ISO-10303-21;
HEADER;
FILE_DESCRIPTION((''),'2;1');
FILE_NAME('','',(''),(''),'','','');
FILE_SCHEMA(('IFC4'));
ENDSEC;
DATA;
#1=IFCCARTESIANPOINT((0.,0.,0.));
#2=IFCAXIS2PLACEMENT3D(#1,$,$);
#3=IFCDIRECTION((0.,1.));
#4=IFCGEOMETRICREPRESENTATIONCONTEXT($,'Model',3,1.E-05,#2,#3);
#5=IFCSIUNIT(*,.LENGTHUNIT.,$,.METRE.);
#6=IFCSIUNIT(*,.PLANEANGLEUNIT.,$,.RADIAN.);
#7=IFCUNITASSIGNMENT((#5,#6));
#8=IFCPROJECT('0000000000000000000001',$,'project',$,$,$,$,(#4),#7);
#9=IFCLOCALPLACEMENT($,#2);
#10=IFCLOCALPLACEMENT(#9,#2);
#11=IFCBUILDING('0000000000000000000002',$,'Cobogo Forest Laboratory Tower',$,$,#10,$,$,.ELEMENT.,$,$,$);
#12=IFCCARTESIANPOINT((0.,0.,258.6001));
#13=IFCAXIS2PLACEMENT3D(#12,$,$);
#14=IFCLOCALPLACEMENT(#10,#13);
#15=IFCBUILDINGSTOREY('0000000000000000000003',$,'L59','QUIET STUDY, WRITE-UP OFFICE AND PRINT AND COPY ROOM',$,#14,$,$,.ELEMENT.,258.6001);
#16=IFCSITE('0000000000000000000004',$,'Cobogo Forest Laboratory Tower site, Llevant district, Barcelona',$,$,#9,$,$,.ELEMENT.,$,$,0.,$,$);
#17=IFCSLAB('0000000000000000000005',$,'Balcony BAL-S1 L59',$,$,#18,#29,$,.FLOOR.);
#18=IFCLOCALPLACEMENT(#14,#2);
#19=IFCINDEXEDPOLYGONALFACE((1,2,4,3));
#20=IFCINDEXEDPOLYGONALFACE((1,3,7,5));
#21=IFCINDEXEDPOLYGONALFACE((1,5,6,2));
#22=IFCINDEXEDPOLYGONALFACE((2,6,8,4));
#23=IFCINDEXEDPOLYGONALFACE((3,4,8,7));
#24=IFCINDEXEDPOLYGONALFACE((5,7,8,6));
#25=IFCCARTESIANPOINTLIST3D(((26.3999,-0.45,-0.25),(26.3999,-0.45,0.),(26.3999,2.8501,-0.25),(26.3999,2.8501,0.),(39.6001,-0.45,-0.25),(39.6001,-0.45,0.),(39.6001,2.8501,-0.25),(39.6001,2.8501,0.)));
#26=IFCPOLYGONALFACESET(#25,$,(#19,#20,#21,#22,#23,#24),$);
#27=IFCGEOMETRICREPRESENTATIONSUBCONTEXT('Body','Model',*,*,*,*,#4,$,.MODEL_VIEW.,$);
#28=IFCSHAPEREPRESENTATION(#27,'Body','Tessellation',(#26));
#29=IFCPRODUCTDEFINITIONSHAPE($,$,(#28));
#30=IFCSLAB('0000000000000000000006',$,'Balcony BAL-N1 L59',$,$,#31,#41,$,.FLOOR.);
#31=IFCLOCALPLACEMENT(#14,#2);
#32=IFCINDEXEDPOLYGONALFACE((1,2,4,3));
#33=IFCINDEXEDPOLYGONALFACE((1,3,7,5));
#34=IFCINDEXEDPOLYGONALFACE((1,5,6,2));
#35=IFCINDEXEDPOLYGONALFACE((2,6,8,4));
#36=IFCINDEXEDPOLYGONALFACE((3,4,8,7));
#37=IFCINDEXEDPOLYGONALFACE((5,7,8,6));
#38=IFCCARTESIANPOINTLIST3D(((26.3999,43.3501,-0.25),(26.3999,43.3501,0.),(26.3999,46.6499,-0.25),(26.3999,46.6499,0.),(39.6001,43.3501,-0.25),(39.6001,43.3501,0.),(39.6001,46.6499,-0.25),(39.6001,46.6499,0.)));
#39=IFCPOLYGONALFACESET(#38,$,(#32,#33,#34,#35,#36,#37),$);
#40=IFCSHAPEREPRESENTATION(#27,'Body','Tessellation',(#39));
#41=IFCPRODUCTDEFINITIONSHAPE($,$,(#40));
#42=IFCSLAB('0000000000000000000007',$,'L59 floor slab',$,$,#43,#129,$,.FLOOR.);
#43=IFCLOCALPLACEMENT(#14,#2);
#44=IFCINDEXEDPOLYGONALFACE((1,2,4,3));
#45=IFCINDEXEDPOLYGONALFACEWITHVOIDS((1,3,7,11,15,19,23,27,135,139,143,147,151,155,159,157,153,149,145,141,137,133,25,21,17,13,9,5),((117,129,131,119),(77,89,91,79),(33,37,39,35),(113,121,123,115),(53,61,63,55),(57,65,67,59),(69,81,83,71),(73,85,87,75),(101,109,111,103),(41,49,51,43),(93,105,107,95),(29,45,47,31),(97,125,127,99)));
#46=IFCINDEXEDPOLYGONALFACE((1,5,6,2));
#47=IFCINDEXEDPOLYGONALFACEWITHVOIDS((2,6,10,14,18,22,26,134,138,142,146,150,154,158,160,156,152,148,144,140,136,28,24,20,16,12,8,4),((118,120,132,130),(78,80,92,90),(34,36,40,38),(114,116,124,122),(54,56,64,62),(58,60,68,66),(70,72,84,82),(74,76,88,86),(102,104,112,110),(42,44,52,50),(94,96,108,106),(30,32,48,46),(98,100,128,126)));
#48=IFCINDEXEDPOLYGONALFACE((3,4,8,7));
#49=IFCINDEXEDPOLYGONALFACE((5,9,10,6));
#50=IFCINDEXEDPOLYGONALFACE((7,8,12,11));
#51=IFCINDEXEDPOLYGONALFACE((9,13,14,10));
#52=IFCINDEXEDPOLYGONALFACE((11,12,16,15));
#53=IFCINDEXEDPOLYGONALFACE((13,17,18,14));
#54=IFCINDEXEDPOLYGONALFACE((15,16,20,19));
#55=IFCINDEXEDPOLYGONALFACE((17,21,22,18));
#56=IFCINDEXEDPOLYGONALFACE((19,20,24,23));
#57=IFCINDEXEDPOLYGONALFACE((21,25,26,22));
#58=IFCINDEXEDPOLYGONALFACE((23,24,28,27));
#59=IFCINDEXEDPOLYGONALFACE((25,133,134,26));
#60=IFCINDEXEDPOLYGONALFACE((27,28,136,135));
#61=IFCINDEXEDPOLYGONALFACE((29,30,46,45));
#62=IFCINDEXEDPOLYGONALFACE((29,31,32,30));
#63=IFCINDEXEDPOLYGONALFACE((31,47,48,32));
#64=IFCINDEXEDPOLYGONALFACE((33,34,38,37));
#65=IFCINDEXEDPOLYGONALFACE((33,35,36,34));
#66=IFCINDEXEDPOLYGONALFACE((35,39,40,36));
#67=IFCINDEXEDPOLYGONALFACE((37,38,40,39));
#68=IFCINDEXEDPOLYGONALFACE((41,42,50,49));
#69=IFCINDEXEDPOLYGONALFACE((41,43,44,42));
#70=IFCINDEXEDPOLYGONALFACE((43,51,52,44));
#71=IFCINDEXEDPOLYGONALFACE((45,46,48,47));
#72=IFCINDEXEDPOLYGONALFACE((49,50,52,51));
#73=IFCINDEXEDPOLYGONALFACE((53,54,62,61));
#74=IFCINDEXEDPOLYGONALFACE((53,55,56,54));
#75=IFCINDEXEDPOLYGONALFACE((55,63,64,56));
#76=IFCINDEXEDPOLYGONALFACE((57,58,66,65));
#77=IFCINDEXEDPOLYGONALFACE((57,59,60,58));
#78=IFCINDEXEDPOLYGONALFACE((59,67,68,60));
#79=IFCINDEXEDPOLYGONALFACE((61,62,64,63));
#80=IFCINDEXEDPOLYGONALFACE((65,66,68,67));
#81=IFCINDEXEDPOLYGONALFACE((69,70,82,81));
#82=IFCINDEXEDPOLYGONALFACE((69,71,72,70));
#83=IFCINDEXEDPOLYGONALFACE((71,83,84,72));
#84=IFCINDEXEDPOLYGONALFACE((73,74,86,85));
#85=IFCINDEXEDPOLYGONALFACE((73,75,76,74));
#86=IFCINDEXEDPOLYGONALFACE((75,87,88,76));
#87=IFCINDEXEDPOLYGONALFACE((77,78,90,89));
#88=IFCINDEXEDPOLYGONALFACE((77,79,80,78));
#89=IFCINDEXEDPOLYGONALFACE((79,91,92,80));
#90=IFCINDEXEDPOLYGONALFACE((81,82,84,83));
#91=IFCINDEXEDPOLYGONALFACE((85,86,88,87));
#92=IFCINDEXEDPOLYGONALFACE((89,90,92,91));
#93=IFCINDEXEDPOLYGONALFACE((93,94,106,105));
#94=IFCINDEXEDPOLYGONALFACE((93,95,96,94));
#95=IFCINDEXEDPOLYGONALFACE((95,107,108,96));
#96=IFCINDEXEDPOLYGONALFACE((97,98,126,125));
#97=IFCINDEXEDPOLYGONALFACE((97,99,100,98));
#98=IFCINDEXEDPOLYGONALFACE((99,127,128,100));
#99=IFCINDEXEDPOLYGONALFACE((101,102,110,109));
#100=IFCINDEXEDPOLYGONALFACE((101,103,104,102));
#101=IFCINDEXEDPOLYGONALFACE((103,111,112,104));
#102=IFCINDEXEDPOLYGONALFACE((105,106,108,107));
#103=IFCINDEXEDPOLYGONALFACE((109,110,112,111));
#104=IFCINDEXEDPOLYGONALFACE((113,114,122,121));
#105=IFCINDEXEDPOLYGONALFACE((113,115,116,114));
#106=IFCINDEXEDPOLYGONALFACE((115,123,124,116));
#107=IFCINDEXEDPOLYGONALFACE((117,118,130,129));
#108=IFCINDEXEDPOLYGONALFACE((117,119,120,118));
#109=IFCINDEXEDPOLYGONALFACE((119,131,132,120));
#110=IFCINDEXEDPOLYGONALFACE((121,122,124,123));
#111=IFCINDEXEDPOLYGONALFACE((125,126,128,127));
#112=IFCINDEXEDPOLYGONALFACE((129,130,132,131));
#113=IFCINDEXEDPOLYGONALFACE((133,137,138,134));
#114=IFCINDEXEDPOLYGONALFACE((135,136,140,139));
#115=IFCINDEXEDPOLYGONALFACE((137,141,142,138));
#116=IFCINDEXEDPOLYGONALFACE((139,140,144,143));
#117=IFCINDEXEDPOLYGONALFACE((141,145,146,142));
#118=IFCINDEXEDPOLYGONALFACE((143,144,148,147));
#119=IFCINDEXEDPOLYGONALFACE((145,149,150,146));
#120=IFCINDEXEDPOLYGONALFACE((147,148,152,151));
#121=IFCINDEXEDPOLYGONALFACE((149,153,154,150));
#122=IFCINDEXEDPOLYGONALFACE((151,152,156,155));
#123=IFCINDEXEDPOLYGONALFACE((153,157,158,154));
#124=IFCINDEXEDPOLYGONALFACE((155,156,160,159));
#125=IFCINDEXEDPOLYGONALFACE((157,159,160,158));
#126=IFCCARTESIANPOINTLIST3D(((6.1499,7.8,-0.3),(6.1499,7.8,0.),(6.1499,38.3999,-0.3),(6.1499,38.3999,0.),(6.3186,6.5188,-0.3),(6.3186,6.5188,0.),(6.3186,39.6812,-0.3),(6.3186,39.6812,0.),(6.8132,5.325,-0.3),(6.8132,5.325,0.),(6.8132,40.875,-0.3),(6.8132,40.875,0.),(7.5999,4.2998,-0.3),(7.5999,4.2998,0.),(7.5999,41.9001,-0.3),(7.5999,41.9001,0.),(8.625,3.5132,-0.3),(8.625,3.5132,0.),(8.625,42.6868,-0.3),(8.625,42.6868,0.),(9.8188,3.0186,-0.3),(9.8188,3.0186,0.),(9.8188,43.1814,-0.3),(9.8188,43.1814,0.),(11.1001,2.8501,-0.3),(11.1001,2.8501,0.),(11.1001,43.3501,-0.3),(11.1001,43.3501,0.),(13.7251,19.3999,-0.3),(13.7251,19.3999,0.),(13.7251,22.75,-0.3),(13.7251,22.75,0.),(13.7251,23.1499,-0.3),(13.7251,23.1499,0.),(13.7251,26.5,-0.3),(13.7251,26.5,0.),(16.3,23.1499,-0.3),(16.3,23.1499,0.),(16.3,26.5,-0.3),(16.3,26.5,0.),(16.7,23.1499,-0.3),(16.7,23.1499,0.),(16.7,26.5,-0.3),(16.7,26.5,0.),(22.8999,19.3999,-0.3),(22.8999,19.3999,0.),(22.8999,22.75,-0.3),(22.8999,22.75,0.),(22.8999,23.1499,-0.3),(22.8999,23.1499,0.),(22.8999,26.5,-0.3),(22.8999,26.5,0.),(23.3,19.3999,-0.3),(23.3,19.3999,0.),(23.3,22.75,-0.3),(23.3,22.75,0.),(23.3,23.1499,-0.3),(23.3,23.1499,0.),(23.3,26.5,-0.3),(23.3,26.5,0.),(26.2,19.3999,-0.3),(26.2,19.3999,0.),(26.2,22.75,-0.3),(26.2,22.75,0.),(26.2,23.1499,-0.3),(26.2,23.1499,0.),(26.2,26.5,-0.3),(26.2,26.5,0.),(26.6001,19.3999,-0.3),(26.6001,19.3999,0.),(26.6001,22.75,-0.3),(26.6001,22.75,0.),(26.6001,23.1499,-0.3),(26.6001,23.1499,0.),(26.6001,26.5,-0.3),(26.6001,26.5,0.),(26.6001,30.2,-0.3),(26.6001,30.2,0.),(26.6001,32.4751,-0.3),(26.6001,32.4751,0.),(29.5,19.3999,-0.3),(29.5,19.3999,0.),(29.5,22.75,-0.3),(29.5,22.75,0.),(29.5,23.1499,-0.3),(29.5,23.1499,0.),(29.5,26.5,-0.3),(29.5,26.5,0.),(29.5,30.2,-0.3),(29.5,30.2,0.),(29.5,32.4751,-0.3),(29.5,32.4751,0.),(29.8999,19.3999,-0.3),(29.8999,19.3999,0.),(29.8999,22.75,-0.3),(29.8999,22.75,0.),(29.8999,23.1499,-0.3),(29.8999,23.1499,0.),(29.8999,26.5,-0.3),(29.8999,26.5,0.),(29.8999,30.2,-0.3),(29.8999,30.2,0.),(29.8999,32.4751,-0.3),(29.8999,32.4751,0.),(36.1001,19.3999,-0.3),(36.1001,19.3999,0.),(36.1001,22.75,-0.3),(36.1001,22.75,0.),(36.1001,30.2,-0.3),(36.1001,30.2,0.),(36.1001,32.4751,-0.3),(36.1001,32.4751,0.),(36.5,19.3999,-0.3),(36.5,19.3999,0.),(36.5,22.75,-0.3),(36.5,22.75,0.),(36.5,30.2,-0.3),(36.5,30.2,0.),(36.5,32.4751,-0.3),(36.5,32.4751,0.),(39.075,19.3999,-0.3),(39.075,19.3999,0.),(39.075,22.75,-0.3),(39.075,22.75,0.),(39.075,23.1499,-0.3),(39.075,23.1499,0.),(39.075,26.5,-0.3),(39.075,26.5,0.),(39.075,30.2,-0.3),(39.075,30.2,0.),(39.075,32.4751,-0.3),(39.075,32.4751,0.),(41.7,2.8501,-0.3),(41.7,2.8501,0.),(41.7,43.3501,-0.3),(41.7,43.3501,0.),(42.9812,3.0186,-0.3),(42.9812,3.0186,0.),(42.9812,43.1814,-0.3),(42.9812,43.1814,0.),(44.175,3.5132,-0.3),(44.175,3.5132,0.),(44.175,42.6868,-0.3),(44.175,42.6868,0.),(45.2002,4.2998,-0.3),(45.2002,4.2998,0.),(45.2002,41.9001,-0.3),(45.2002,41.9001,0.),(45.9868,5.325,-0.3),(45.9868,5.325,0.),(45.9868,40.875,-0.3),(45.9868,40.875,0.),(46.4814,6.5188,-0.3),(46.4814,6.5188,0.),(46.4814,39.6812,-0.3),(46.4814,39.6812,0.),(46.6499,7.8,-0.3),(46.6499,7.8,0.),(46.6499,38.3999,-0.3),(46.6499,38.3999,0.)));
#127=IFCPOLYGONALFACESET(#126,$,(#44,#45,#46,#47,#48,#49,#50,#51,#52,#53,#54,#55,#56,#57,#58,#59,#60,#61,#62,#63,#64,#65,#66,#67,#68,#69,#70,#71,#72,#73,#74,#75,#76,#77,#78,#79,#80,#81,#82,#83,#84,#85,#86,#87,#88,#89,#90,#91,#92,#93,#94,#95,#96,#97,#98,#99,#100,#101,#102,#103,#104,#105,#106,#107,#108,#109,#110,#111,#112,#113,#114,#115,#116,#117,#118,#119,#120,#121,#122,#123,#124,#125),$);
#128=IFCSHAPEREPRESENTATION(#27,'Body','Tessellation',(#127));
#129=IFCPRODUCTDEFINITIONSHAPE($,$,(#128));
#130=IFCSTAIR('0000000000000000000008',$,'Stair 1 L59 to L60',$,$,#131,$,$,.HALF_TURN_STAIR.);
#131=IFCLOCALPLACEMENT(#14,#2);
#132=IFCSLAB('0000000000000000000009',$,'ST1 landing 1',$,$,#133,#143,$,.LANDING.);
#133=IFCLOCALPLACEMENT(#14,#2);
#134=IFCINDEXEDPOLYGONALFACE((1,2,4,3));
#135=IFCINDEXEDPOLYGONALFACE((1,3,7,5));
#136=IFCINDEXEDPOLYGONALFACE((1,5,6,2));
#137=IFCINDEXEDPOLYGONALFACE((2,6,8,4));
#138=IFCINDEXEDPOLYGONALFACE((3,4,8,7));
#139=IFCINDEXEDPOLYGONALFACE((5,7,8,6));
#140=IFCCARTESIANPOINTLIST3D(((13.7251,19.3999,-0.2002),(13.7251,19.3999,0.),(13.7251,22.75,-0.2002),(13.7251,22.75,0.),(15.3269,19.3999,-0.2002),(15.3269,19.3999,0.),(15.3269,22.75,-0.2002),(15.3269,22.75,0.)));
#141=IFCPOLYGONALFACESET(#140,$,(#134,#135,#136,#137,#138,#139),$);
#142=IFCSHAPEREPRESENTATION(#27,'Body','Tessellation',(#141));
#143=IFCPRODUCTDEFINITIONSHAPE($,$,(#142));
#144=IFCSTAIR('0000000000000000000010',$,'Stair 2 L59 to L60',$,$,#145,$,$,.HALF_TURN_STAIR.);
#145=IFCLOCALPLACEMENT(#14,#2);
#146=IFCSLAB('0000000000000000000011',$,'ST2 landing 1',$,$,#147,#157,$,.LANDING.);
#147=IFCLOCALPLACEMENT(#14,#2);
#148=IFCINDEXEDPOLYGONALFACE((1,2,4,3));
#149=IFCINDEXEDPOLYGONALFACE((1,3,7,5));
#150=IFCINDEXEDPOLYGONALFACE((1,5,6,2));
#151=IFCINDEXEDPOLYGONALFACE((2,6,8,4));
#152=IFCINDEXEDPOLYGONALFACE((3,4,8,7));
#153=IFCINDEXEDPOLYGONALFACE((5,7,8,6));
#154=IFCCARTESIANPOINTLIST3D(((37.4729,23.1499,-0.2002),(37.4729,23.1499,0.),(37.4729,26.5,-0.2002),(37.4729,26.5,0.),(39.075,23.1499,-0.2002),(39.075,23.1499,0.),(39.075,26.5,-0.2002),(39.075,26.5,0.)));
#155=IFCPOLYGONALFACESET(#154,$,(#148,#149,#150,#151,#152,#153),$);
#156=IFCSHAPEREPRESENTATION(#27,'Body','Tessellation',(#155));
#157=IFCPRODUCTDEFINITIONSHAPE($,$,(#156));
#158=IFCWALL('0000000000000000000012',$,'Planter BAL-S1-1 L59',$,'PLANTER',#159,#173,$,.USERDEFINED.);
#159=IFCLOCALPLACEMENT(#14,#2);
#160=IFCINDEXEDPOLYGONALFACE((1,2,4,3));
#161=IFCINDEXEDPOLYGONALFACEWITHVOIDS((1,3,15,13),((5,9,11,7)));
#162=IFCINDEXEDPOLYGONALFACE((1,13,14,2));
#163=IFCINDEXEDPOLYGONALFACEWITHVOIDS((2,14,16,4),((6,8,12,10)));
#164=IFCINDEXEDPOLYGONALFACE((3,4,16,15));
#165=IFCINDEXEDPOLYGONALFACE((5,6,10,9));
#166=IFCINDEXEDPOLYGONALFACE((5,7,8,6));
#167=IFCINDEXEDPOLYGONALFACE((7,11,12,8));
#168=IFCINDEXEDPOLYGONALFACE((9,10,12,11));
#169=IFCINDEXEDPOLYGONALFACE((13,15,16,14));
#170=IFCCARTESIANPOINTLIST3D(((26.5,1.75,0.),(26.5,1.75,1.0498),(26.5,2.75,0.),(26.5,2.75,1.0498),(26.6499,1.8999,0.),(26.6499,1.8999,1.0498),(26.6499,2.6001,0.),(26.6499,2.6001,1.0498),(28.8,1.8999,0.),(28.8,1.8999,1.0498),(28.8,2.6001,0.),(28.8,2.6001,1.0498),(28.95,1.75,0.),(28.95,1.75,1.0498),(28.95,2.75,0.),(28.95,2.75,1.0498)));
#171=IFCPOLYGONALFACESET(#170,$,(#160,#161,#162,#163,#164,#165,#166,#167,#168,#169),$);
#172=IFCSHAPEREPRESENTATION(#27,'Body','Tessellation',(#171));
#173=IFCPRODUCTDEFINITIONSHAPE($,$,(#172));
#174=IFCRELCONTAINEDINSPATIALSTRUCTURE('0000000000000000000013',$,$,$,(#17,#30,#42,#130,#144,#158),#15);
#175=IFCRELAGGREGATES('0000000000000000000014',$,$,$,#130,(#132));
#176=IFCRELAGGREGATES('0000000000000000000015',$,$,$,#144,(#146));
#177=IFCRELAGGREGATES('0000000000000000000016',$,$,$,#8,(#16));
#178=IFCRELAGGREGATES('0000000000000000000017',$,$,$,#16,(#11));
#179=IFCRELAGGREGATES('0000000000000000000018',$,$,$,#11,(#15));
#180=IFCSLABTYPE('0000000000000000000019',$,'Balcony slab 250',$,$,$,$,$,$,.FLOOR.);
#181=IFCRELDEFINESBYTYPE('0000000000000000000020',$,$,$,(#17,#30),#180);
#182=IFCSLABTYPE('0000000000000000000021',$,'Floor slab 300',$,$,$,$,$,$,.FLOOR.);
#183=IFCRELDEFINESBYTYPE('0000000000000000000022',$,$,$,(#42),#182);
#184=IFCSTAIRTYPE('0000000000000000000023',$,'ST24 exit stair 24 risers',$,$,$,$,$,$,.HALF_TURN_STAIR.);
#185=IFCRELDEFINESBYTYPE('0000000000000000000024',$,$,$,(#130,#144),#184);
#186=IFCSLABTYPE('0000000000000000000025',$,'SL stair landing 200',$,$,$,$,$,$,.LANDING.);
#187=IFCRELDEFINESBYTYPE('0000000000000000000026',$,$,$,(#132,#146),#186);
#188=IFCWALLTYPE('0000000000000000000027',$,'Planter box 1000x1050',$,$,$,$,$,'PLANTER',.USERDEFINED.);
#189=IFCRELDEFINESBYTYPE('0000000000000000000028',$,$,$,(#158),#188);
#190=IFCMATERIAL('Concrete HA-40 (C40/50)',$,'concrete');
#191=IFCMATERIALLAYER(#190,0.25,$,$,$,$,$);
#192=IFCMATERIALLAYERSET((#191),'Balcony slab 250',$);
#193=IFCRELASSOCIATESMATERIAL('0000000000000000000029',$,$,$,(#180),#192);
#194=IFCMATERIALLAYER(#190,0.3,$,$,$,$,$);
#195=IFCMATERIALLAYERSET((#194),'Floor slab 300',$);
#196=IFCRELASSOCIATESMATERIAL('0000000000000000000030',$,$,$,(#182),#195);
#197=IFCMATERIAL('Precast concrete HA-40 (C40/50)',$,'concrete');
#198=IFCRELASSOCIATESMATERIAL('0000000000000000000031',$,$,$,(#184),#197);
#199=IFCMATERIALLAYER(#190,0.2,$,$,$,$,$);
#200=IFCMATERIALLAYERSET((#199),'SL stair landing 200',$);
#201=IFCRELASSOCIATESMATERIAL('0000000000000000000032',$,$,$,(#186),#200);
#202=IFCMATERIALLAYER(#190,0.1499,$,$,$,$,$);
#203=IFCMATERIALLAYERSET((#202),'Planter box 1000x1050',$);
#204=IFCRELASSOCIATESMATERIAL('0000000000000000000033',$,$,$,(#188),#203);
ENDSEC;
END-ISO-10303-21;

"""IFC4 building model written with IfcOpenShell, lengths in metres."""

from ifc_helpers import new_model, si_unit, direction, frame, origin, place, context, subcontext, project, spatial, polyline, outline, extrude, material, layer, layer_set, type_object, element, aggregate, save


model = new_model("IFC4")

# Units and contexts
model_context = context("Model", 3, precision=1e-05, world=origin(), true_north=direction((0.0, 1.0)))
body_context = subcontext(model_context, "Body", "Model", "MODEL_VIEW")
ifc_project = project(units=[si_unit("LENGTHUNIT", "METRE"), si_unit("PLANEANGLEUNIT", "RADIAN")], contexts=[model_context])

# Site, building, storey
site_placement = place(None, origin())
site = spatial("IfcSite", under=ifc_project, at=site_placement, Name="Cobogo Forest Laboratory Tower site, Llevant district, Barcelona", CompositionType="ELEMENT", RefElevation=0.0)
building_placement = place(site_placement, origin())
building = spatial("IfcBuilding", under=site, at=building_placement, Name="Cobogo Forest Laboratory Tower", CompositionType="ELEMENT")
storey_placement = place(building_placement, frame((0.0, 0.0, 258.6001)))
storey = spatial("IfcBuildingStorey", under=building, at=storey_placement, Name="L59", Description="QUIET STUDY, WRITE-UP OFFICE AND PRINT AND COPY ROOM", CompositionType="ELEMENT", Elevation=258.6001)

# Slabs
ifc_material_1 = material(Name="Concrete HA-40 (C40/50)", Category="concrete")
ifc_layer_1 = layer(ifc_material_1, 0.25)
ifc_layer_set_1 = layer_set([ifc_layer_1], Name="Balcony slab 250")
slab_type_1 = type_object("IfcSlabType", Name="Balcony slab 250", PredefinedType="FLOOR", material=ifc_layer_set_1)
slab_1_placement = place(storey_placement, frame((0.0, 0.0, -0.25)))
element("IfcSlab", 1, at=slab_1_placement, inside=storey, type_object=slab_type_1, Name="Balcony BAL-S1 L59", PredefinedType="FLOOR", context=body_context, shape_type="SweptSolid", body=[
    extrude(outline(polyline([(26.3999, -0.45), (39.6001, -0.45), (39.6001, 2.8501), (26.3999, 2.8501), (26.3999, -0.45)])), origin(), (0.0, 0.0, 1.0), 0.25),
])
slab_2_placement = place(storey_placement, frame((0.0, 0.0, -0.25)))
element("IfcSlab", 2, at=slab_2_placement, inside=storey, type_object=slab_type_1, Name="Balcony BAL-N1 L59", PredefinedType="FLOOR", context=body_context, shape_type="SweptSolid", body=[
    extrude(outline(polyline([(26.3999, 43.3501), (39.6001, 43.3501), (39.6001, 46.6499), (26.3999, 46.6499), (26.3999, 43.3501)])), origin(), (0.0, 0.0, 1.0), 0.25),
])
ifc_layer_2 = layer(ifc_material_1, 0.3)
ifc_layer_set_2 = layer_set([ifc_layer_2], Name="Floor slab 300")
slab_type_2 = type_object("IfcSlabType", Name="Floor slab 300", PredefinedType="FLOOR", material=ifc_layer_set_2)
slab_3_placement = place(storey_placement, frame((0.0, 0.0, -0.3)))
element("IfcSlab", 3, at=slab_3_placement, inside=storey, type_object=slab_type_2, Name="L59 floor slab", PredefinedType="FLOOR", context=body_context, shape_type="SweptSolid", body=[
    extrude(outline(polyline([(41.7, 2.8501), (42.9812, 3.0186), (44.175, 3.5132), (45.2002, 4.2998), (45.9868, 5.325), (46.4814, 6.5188), (46.6499, 7.8), (46.6499, 38.3999), (46.4814, 39.6812), (45.9868, 40.875), (45.2002, 41.9001), (44.175, 42.6868), (42.9812, 43.1814), (41.7, 43.3501), (11.1001, 43.3501), (9.8188, 43.1814), (8.625, 42.6868), (7.5999, 41.9001), (6.8132, 40.875), (6.3186, 39.6812), (6.1499, 38.3999), (6.1499, 7.8), (6.3186, 6.5188), (6.8132, 5.325), (7.5999, 4.2998), (8.625, 3.5132), (9.8188, 3.0186), (11.1001, 2.8501), (41.7, 2.8501)]), holes=[polyline([(22.8999, 19.3999), (13.7251, 19.3999), (13.7251, 22.75), (22.8999, 22.75), (22.8999, 19.3999)]), polyline([(26.2, 19.3999), (23.3, 19.3999), (23.3, 22.75), (26.2, 22.75), (26.2, 19.3999)]), polyline([(29.5, 19.3999), (26.6001, 19.3999), (26.6001, 22.75), (29.5, 22.75), (29.5, 19.3999)]), polyline([(36.1001, 22.75), (36.1001, 19.3999), (29.8999, 19.3999), (29.8999, 22.75), (36.1001, 22.75)]), polyline([(39.075, 19.3999), (36.5, 19.3999), (36.5, 22.75), (39.075, 22.75), (39.075, 19.3999)]), polyline([(16.3, 23.1499), (13.7251, 23.1499), (13.7251, 26.5), (16.3, 26.5), (16.3, 23.1499)]), polyline([(22.8999, 26.5), (22.8999, 23.1499), (16.7, 23.1499), (16.7, 26.5), (22.8999, 26.5)]), polyline([(26.2, 23.1499), (23.3, 23.1499), (23.3, 26.5), (26.2, 26.5), (26.2, 23.1499)]), polyline([(29.5, 23.1499), (26.6001, 23.1499), (26.6001, 26.5), (29.5, 26.5), (29.5, 23.1499)]), polyline([(39.075, 23.1499), (29.8999, 23.1499), (29.8999, 26.5), (39.075, 26.5), (39.075, 23.1499)]), polyline([(29.5, 30.2), (26.6001, 30.2), (26.6001, 32.4751), (29.5, 32.4751), (29.5, 30.2)]), polyline([(36.1001, 32.4751), (36.1001, 30.2), (29.8999, 30.2), (29.8999, 32.4751), (36.1001, 32.4751)]), polyline([(39.075, 30.2), (36.5, 30.2), (36.5, 32.4751), (39.075, 32.4751), (39.075, 30.2)])]), origin(), (0.0, 0.0, 1.0), 0.3),
])

# Stairs, slabs
ifc_material_2 = material(Name="Precast concrete HA-40 (C40/50)", Category="concrete")
stair_type = type_object("IfcStairType", Name="ST24 exit stair 24 risers", PredefinedType="HALF_TURN_STAIR", material=ifc_material_2)
stair_1_placement = place(storey_placement, origin())
stair_1 = element("IfcStair", 4, at=stair_1_placement, inside=storey, type_object=stair_type, Name="Stair 1 L59 to L60", PredefinedType="HALF_TURN_STAIR")
ifc_layer_3 = layer(ifc_material_1, 0.2)
ifc_layer_set_3 = layer_set([ifc_layer_3], Name="SL stair landing 200")
slab_type_3 = type_object("IfcSlabType", Name="SL stair landing 200", PredefinedType="LANDING", material=ifc_layer_set_3)
slab_4_placement = place(storey_placement, frame((0.0, 0.0, -0.2002)))
slab_4 = element("IfcSlab", 5, at=slab_4_placement, type_object=slab_type_3, Name="ST1 landing 1", PredefinedType="LANDING", context=body_context, shape_type="SweptSolid", body=[
    extrude(outline(polyline([(13.7251, 19.3999), (15.3269, 19.3999), (15.3269, 22.75), (13.7251, 22.75), (13.7251, 19.3999)])), origin(), (0.0, 0.0, 1.0), 0.2002),
])
aggregate(stair_1, [slab_4])
stair_2_placement = place(storey_placement, origin())
stair_2 = element("IfcStair", 6, at=stair_2_placement, inside=storey, type_object=stair_type, Name="Stair 2 L59 to L60", PredefinedType="HALF_TURN_STAIR")
slab_5_placement = place(storey_placement, frame((0.0, 0.0, -0.2002)))
slab_5 = element("IfcSlab", 7, at=slab_5_placement, type_object=slab_type_3, Name="ST2 landing 1", PredefinedType="LANDING", context=body_context, shape_type="SweptSolid", body=[
    extrude(outline(polyline([(37.4729, 23.1499), (39.075, 23.1499), (39.075, 26.5), (37.4729, 26.5), (37.4729, 23.1499)])), origin(), (0.0, 0.0, 1.0), 0.2002),
])
aggregate(stair_2, [slab_5])

# Wall
ifc_layer_4 = layer(ifc_material_1, 0.1499)
ifc_layer_set_4 = layer_set([ifc_layer_4], Name="Planter box 1000x1050")
wall_type = type_object("IfcWallType", Name="Planter box 1000x1050", ElementType="PLANTER", PredefinedType="USERDEFINED", material=ifc_layer_set_4)
wall_1_placement = place(storey_placement, origin())
element("IfcWall", 8, at=wall_1_placement, inside=storey, type_object=wall_type, Name="Planter BAL-S1-1 L59", ObjectType="PLANTER", PredefinedType="USERDEFINED", context=body_context, shape_type="SweptSolid", body=[
    extrude(outline(polyline([(26.5, 1.75), (28.95, 1.75), (28.95, 2.75), (26.5, 2.75), (26.5, 1.75)]), holes=[polyline([(26.6499, 1.8999), (28.8, 1.8999), (28.8, 2.6001), (26.6499, 2.6001), (26.6499, 1.8999)])]), origin(), (0.0, 0.0, 1.0), 1.0498),
])

save(model, "model.ifc")
